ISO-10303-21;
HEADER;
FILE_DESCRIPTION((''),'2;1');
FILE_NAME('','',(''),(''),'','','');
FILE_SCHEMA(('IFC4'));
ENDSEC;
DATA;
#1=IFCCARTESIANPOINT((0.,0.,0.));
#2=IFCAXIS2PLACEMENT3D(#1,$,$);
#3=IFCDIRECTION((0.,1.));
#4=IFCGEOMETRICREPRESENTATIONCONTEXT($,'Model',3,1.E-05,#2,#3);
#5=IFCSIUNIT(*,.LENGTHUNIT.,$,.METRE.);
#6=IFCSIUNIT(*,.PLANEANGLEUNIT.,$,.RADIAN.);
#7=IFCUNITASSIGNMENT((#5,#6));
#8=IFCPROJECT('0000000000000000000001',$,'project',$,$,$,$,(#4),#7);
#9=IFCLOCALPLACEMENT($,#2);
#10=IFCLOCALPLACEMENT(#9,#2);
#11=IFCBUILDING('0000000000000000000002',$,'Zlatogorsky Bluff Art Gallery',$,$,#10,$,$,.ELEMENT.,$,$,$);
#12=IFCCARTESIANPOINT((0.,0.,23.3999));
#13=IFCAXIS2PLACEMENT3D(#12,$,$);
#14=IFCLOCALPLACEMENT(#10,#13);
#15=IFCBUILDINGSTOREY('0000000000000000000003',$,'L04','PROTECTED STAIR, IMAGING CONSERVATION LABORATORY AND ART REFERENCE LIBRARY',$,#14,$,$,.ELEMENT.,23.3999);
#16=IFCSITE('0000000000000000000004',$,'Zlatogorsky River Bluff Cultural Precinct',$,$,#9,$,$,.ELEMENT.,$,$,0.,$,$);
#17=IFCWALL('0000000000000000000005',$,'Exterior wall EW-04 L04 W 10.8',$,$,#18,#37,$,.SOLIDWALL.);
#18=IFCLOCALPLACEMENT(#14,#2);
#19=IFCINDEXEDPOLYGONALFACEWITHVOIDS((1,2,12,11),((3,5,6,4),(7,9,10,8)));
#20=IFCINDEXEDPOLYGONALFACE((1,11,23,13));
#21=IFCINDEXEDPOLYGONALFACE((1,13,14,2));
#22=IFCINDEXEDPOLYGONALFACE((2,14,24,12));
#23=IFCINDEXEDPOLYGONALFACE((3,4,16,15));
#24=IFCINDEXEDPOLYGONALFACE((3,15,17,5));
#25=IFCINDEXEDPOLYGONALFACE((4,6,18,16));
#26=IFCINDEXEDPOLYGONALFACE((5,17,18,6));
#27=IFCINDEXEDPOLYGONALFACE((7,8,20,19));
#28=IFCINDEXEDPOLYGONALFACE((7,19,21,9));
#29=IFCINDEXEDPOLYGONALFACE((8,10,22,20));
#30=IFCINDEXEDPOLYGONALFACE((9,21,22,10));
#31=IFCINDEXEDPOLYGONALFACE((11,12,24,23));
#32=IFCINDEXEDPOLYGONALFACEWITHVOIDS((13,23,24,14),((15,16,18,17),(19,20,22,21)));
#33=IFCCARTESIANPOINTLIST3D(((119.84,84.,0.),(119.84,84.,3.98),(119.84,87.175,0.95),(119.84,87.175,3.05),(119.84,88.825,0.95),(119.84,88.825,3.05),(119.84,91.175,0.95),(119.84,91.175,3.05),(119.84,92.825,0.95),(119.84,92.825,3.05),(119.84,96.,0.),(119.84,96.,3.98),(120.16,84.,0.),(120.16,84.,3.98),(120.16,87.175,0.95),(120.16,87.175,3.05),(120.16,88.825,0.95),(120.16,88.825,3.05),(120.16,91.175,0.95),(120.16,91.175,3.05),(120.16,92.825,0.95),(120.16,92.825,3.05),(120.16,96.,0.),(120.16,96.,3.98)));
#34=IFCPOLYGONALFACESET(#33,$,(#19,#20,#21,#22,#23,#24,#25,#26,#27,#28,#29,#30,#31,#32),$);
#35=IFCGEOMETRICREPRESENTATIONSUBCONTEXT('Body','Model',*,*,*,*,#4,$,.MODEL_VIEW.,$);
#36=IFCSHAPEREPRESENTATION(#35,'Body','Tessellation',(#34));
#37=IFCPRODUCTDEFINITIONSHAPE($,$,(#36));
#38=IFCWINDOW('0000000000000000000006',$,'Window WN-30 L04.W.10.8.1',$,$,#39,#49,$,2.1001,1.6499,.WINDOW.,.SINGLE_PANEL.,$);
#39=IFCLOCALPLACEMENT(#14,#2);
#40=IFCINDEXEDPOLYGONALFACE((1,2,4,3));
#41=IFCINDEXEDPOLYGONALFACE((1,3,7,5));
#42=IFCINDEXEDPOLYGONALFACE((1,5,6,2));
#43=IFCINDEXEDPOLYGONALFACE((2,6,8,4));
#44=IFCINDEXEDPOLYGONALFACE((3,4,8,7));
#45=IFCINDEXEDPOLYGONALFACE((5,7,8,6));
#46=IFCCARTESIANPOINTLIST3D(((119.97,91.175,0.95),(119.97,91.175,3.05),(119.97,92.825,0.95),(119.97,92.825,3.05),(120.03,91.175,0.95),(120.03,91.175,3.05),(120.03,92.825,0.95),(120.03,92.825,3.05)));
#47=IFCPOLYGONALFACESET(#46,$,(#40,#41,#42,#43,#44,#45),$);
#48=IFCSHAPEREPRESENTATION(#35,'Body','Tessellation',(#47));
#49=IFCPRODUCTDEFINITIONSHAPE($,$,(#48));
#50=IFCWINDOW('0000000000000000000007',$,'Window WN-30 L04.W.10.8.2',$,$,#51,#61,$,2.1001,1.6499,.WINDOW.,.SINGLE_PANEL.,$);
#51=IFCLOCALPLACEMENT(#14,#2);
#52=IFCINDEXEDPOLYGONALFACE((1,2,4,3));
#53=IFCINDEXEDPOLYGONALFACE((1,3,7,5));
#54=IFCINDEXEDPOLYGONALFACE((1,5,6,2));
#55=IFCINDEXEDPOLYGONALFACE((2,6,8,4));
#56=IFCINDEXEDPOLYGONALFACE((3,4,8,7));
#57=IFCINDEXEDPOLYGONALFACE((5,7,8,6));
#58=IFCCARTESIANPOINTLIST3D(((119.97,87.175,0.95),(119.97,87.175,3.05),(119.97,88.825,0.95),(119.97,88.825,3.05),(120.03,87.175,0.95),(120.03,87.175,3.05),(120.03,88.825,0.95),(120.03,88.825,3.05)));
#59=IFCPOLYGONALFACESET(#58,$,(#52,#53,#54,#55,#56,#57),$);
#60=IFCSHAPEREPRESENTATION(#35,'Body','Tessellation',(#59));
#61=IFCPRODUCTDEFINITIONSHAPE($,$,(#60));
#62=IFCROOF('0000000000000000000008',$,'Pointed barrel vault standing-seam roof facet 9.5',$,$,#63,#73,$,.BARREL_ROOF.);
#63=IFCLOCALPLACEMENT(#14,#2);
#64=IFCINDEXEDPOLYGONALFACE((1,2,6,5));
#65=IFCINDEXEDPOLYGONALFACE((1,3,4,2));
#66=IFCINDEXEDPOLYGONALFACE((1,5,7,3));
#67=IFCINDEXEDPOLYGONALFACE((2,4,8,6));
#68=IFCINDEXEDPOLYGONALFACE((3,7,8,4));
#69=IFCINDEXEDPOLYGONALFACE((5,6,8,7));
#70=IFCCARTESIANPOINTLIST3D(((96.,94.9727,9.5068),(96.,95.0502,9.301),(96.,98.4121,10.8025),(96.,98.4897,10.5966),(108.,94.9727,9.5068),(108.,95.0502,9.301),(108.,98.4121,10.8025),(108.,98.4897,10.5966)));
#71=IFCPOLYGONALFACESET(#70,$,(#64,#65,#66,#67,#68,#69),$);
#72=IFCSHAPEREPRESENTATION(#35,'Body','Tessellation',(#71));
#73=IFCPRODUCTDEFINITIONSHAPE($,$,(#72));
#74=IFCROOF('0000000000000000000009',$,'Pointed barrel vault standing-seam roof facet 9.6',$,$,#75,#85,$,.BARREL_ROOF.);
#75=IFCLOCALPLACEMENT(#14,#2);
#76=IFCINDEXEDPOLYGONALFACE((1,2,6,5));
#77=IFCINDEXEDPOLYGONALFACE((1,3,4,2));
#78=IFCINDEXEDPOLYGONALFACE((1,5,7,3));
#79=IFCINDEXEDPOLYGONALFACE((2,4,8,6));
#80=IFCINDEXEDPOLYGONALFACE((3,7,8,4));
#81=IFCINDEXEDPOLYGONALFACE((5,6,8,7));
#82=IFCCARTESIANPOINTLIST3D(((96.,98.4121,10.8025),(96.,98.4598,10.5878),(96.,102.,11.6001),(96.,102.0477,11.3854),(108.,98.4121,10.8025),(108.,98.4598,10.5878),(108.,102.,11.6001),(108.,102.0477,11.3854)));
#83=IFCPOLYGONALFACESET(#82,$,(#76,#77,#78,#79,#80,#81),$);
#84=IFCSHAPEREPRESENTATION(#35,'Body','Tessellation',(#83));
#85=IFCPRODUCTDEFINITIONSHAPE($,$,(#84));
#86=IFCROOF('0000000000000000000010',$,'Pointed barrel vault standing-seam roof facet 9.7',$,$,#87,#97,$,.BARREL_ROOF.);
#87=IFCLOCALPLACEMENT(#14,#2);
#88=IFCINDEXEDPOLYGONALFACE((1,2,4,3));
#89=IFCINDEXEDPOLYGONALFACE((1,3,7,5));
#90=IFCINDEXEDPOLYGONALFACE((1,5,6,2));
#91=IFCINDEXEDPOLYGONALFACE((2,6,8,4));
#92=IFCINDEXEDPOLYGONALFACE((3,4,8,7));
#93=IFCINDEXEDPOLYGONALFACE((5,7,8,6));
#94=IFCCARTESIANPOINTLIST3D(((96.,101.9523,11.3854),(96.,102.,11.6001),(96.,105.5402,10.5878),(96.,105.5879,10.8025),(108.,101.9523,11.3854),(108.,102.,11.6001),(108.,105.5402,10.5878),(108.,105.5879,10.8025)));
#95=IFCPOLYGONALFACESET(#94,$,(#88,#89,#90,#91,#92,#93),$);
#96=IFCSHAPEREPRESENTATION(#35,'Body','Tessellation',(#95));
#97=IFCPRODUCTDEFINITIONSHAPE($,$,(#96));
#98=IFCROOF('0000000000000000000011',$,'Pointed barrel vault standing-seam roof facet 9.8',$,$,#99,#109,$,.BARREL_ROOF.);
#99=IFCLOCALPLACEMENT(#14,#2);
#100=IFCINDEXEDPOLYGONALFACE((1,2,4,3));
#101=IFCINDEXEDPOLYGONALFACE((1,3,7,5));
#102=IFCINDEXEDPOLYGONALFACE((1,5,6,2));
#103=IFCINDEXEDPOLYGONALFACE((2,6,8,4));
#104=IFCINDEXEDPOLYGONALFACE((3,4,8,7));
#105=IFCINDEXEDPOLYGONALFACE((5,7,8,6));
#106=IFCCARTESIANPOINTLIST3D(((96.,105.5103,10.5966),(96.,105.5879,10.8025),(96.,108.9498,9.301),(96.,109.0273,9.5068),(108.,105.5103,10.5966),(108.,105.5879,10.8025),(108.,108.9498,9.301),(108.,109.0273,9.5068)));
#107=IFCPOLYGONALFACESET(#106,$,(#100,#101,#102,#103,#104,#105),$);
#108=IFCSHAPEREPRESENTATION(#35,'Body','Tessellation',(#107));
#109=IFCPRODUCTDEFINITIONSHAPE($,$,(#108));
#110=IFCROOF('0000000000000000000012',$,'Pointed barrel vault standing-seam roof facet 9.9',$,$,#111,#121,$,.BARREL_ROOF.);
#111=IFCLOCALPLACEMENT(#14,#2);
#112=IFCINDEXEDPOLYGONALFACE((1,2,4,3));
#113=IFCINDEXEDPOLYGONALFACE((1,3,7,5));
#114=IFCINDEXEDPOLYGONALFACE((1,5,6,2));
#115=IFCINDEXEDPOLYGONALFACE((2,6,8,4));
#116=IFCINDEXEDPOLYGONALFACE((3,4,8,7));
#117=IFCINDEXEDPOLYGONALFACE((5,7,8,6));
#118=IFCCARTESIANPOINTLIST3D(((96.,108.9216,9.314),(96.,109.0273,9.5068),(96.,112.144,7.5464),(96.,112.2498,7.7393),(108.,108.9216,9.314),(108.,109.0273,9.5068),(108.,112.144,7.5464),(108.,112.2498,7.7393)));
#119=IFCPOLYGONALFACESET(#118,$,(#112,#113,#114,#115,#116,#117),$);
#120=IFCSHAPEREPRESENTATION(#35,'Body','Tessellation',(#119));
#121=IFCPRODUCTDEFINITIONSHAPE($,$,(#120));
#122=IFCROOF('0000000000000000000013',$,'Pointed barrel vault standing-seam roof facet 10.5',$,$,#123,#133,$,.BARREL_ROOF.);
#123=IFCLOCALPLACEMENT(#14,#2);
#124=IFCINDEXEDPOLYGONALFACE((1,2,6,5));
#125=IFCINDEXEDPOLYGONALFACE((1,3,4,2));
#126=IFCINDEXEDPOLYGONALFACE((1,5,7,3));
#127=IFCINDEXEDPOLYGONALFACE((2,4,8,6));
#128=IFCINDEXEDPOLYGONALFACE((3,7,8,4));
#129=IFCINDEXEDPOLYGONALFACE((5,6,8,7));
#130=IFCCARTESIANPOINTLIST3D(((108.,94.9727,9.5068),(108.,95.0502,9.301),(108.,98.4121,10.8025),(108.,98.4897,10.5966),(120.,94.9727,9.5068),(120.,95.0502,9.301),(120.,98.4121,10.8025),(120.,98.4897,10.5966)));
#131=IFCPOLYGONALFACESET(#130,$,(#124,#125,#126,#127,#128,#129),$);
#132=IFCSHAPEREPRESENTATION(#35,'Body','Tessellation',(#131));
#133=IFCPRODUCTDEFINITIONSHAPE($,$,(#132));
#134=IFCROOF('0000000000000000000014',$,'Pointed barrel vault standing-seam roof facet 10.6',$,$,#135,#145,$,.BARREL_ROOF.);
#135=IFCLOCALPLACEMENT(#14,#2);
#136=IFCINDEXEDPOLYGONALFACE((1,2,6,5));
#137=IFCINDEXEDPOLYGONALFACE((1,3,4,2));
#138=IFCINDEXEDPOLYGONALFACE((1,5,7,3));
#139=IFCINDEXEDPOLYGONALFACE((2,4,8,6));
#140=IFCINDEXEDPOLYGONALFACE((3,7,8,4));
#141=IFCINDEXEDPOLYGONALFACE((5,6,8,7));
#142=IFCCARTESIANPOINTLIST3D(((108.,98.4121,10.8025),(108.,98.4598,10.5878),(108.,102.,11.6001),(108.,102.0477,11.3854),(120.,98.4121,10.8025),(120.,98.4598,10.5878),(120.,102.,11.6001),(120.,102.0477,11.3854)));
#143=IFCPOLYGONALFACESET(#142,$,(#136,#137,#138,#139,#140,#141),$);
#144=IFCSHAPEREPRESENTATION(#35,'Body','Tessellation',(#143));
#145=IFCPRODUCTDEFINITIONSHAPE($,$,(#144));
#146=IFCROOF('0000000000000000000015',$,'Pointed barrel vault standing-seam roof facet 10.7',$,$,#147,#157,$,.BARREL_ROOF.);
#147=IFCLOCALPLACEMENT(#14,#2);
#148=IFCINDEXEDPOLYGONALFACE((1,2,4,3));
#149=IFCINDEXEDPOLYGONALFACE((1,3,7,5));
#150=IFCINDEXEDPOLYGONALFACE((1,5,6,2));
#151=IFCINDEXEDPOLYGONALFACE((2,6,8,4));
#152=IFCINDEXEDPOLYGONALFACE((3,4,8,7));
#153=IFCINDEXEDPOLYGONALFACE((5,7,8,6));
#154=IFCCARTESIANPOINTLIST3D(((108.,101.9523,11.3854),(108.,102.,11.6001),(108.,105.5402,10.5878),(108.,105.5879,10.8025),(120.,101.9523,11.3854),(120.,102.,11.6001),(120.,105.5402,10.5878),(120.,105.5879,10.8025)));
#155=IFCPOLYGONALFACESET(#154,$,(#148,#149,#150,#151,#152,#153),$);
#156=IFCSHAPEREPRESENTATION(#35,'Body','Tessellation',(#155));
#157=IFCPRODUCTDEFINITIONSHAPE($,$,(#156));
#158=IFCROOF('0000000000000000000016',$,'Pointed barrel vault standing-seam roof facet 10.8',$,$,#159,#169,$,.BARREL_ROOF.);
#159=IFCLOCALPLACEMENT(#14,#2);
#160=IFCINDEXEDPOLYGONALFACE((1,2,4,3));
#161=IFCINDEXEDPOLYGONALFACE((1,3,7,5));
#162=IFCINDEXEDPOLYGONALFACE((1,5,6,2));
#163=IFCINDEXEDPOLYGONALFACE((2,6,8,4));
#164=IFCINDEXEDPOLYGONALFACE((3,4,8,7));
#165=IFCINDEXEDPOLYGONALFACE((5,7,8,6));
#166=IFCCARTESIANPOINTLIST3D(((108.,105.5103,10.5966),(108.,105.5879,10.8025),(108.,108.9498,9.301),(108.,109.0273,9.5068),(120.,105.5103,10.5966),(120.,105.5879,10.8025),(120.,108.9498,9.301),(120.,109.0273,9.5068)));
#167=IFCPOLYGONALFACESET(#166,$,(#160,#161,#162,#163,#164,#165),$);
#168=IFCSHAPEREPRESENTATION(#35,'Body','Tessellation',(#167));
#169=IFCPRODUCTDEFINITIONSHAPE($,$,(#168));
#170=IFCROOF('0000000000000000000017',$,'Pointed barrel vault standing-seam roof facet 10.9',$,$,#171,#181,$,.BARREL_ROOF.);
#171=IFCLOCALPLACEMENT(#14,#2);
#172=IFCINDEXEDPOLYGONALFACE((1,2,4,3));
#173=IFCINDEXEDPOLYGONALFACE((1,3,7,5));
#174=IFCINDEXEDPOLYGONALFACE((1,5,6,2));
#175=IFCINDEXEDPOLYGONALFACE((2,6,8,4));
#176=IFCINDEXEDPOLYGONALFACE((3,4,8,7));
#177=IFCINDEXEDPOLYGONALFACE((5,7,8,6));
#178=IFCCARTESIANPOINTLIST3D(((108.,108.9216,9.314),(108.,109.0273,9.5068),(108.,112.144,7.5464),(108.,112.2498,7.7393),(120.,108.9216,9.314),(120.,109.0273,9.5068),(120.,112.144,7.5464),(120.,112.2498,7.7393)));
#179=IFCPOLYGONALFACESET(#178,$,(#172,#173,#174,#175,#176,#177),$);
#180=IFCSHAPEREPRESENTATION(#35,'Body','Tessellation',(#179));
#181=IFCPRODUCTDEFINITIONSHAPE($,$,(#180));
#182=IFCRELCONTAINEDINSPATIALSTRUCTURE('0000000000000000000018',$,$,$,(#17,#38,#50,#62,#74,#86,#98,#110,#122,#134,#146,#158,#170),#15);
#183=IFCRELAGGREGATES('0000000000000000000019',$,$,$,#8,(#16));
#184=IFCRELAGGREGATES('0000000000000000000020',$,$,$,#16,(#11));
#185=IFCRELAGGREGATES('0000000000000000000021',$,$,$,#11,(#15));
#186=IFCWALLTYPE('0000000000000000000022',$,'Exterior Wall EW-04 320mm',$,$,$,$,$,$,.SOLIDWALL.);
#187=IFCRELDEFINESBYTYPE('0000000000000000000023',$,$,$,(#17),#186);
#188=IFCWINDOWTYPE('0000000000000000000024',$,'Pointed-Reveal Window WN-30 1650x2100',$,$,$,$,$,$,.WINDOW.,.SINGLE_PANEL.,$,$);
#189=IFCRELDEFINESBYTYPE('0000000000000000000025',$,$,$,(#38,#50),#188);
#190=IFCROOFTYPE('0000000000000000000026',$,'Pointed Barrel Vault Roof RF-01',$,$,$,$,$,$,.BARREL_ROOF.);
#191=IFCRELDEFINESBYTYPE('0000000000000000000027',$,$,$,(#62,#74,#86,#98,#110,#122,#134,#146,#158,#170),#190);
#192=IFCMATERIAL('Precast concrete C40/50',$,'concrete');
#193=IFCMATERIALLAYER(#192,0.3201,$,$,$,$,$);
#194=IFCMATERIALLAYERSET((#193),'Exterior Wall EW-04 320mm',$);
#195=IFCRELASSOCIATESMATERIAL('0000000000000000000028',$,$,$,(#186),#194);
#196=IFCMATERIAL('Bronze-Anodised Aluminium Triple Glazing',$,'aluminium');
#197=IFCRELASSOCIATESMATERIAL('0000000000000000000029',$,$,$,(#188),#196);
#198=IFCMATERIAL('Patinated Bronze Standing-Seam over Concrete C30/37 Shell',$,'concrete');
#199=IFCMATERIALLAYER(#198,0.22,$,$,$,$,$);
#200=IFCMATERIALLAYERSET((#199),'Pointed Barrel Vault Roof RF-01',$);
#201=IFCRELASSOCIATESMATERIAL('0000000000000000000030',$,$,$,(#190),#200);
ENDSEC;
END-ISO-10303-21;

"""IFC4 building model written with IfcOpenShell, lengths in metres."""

from ifc_helpers import new_model, si_unit, direction, frame, frame_2d, origin, place, context, subcontext, project, spatial, polyline, rectangle, outline, extrude, material, layer, layer_set, type_object, element, fill, save


model = new_model("IFC4")

# Units and contexts
model_context = context("Model", 3, precision=1e-05, world=origin(), true_north=direction((0.0, 1.0)))
body_context = subcontext(model_context, "Body", "Model", "MODEL_VIEW")
ifc_project = project(units=[si_unit("LENGTHUNIT", "METRE"), si_unit("PLANEANGLEUNIT", "RADIAN")], contexts=[model_context])

# Site, building, storey
site_placement = place(None, origin())
site = spatial("IfcSite", under=ifc_project, at=site_placement, Name="Zlatogorsky River Bluff Cultural Precinct", CompositionType="ELEMENT", RefElevation=0.0)
building_placement = place(site_placement, origin())
building = spatial("IfcBuilding", under=site, at=building_placement, Name="Zlatogorsky Bluff Art Gallery", CompositionType="ELEMENT")
storey_placement = place(building_placement, frame((0.0, 0.0, 23.3999)))
storey = spatial("IfcBuildingStorey", under=building, at=storey_placement, Name="L04", Description="PROTECTED STAIR, IMAGING CONSERVATION LABORATORY AND ART REFERENCE LIBRARY", CompositionType="ELEMENT", Elevation=23.3999)

# Wall, openings, windows
ifc_material_1 = material(Name="Precast concrete C40/50", Category="concrete")
ifc_layer_1 = layer(ifc_material_1, 0.3201)
ifc_layer_set_1 = layer_set([ifc_layer_1], Name="Exterior Wall EW-04 320mm")
wall_type = type_object("IfcWallType", Name="Exterior Wall EW-04 320mm", PredefinedType="SOLIDWALL", material=ifc_layer_set_1)
wall_placement = place(storey_placement, frame((120.0, 96.0, 0.0), z_axis=(0.0, 0.0, 1.0), x_axis=(0.0, -1.0, 0.0)))
wall = element("IfcWall", 1, at=wall_placement, inside=storey, type_object=wall_type, Name="Exterior wall EW-04 L04 W 10.8", PredefinedType="SOLIDWALL", context=body_context, shape_type="SweptSolid", body=[
    extrude(rectangle(XDim=12.0, YDim=0.3201, at=frame_2d((6.0, 0.0))), origin(), (0.0, 0.0, 1.0), 3.98),
])
opening_1_placement = place(wall_placement, frame((3.175, 0.0, 0.95)))
opening_1 = element("IfcOpeningElement", 2, at=opening_1_placement, cuts=wall, PredefinedType="OPENING", context=body_context, shape_type="SweptSolid", body=[
    extrude(rectangle(XDim=1.6499, YDim=2.1001, at=frame_2d((0.825, 1.05))), frame((0.0, 0.1699, 0.0), z_axis=(0.0, -1.0, 0.0), x_axis=(1.0, 0.0, 0.0)), (0.0, 0.0, 1.0), 0.3401),
])
opening_2_placement = place(wall_placement, frame((7.175, 0.0, 0.95)))
opening_2 = element("IfcOpeningElement", 3, at=opening_2_placement, cuts=wall, PredefinedType="OPENING", context=body_context, shape_type="SweptSolid", body=[
    extrude(rectangle(XDim=1.6499, YDim=2.1001, at=frame_2d((0.825, 1.05))), frame((0.0, 0.1699, 0.0), z_axis=(0.0, -1.0, 0.0), x_axis=(1.0, 0.0, 0.0)), (0.0, 0.0, 1.0), 0.3401),
])
ifc_material_2 = material(Name="Bronze-Anodised Aluminium Triple Glazing", Category="aluminium")
window_type = type_object("IfcWindowType", Name="Pointed-Reveal Window WN-30 1650x2100", PartitioningType="SINGLE_PANEL", PredefinedType="WINDOW", material=ifc_material_2)
window_1_placement = place(opening_1_placement, origin())
window_1 = element("IfcWindow", 4, at=window_1_placement, inside=storey, type_object=window_type, Name="Window WN-30 L04.W.10.8.1", OverallHeight=2.1001, OverallWidth=1.6499, PartitioningType="SINGLE_PANEL", PredefinedType="WINDOW", context=body_context, shape_type="SweptSolid", body=[
    extrude(rectangle(XDim=1.6499, YDim=2.1001, at=frame_2d((0.825, 1.05))), frame((0.0, 0.03, 0.0), z_axis=(0.0, -1.0, 0.0), x_axis=(1.0, 0.0, 0.0)), (0.0, 0.0, 1.0), 0.0601),
])
fill(opening_1, window_1)
window_2_placement = place(opening_2_placement, origin())
window_2 = element("IfcWindow", 5, at=window_2_placement, inside=storey, type_object=window_type, Name="Window WN-30 L04.W.10.8.2", OverallHeight=2.1001, OverallWidth=1.6499, PartitioningType="SINGLE_PANEL", PredefinedType="WINDOW", context=body_context, shape_type="SweptSolid", body=[
    extrude(rectangle(XDim=1.6499, YDim=2.1001, at=frame_2d((0.825, 1.05))), frame((0.0, 0.03, 0.0), z_axis=(0.0, -1.0, 0.0), x_axis=(1.0, 0.0, 0.0)), (0.0, 0.0, 1.0), 0.0601),
])
fill(opening_2, window_2)

# Roofs
ifc_material_3 = material(Name="Patinated Bronze Standing-Seam over Concrete C30/37 Shell", Category="concrete")
ifc_layer_2 = layer(ifc_material_3, 0.22)
ifc_layer_set_2 = layer_set([ifc_layer_2], Name="Pointed Barrel Vault Roof RF-01")
roof_type = type_object("IfcRoofType", Name="Pointed Barrel Vault Roof RF-01", PredefinedType="BARREL_ROOF", material=ifc_layer_set_2)
roof_1_placement = place(storey_placement, frame((96.0, 94.9727, 9.5068), z_axis=(0.0, -0.352521, 0.935804), x_axis=(1.0, 0.0, 0.0)))
element("IfcRoof", 6, at=roof_1_placement, inside=storey, type_object=roof_type, Name="Pointed barrel vault standing-seam roof facet 9.5", PredefinedType="BARREL_ROOF", context=body_context, shape_type="SweptSolid", body=[
    extrude(outline(polyline([(0.0, 0.0), (12.0, 0.0), (12.0, 3.6754), (0.0, 3.6754), (0.0, 0.0)])), origin(), (0.0, 0.0, -1.0), 0.22),
])
for number, where, z_axis, x_axis, name in (
    (7, (96.0, 98.4121, 10.8025), (0.0, -0.217008, 0.97617), (1.0, 0.0, 0.0), "Pointed barrel vault standing-seam roof facet 9.6"),
    (8, (96.0, 102.0, 11.6001), (0.0, 0.217008, 0.97617), (1.0, 0.0, 0.0), "Pointed barrel vault standing-seam roof facet 9.7"),
):
    element("IfcRoof", number, at=place(storey_placement, frame(where, z_axis=z_axis, x_axis=x_axis)), inside=storey, type_object=roof_type, Name=name, PredefinedType="BARREL_ROOF", context=body_context, shape_type="SweptSolid", body=[
        extrude(outline(polyline([(0.0, 0.0), (12.0, 0.0), (12.0, 3.6755), (0.0, 3.6755), (0.0, 0.0)])), origin(), (0.0, 0.0, -1.0), 0.22),
    ])
roof_2_placement = place(storey_placement, frame((96.0, 105.5879, 10.8025), z_axis=(0.0, 0.352521, 0.935804), x_axis=(1.0, 0.0, 0.0)))
element("IfcRoof", 9, at=roof_2_placement, inside=storey, type_object=roof_type, Name="Pointed barrel vault standing-seam roof facet 9.8", PredefinedType="BARREL_ROOF", context=body_context, shape_type="SweptSolid", body=[
    extrude(outline(polyline([(0.0, 0.0), (12.0, 0.0), (12.0, 3.6754), (0.0, 3.6754), (0.0, 0.0)])), origin(), (0.0, 0.0, -1.0), 0.22),
])
roof_3_placement = place(storey_placement, frame((96.0, 109.0273, 9.5068), z_axis=(0.0, 0.480927, 0.876761), x_axis=(1.0, 0.0, 0.0)))
element("IfcRoof", 10, at=roof_3_placement, inside=storey, type_object=roof_type, Name="Pointed barrel vault standing-seam roof facet 9.9", PredefinedType="BARREL_ROOF", context=body_context, shape_type="SweptSolid", body=[
    extrude(outline(polyline([(0.0, 0.0), (12.0, 0.0), (12.0, 3.6754), (0.0, 3.6754), (0.0, 0.0)])), origin(), (0.0, 0.0, -1.0), 0.22),
])
roof_4_placement = place(storey_placement, frame((108.0, 94.9727, 9.5068), z_axis=(0.0, -0.352521, 0.935804), x_axis=(1.0, 0.0, 0.0)))
element("IfcRoof", 11, at=roof_4_placement, inside=storey, type_object=roof_type, Name="Pointed barrel vault standing-seam roof facet 10.5", PredefinedType="BARREL_ROOF", context=body_context, shape_type="SweptSolid", body=[
    extrude(outline(polyline([(0.0, 0.0), (12.0, 0.0), (12.0, 3.6754), (0.0, 3.6754), (0.0, 0.0)])), origin(), (0.0, 0.0, -1.0), 0.22),
])
for number, where, z_axis, x_axis, name in (
    (12, (108.0, 98.4121, 10.8025), (0.0, -0.217008, 0.97617), (1.0, 0.0, 0.0), "Pointed barrel vault standing-seam roof facet 10.6"),
    (13, (108.0, 102.0, 11.6001), (0.0, 0.217008, 0.97617), (1.0, 0.0, 0.0), "Pointed barrel vault standing-seam roof facet 10.7"),
):
    element("IfcRoof", number, at=place(storey_placement, frame(where, z_axis=z_axis, x_axis=x_axis)), inside=storey, type_object=roof_type, Name=name, PredefinedType="BARREL_ROOF", context=body_context, shape_type="SweptSolid", body=[
        extrude(outline(polyline([(0.0, 0.0), (12.0, 0.0), (12.0, 3.6755), (0.0, 3.6755), (0.0, 0.0)])), origin(), (0.0, 0.0, -1.0), 0.22),
    ])
roof_5_placement = place(storey_placement, frame((108.0, 105.5879, 10.8025), z_axis=(0.0, 0.352521, 0.935804), x_axis=(1.0, 0.0, 0.0)))
element("IfcRoof", 14, at=roof_5_placement, inside=storey, type_object=roof_type, Name="Pointed barrel vault standing-seam roof facet 10.8", PredefinedType="BARREL_ROOF", context=body_context, shape_type="SweptSolid", body=[
    extrude(outline(polyline([(0.0, 0.0), (12.0, 0.0), (12.0, 3.6754), (0.0, 3.6754), (0.0, 0.0)])), origin(), (0.0, 0.0, -1.0), 0.22),
])
roof_6_placement = place(storey_placement, frame((108.0, 109.0273, 9.5068), z_axis=(0.0, 0.480927, 0.876761), x_axis=(1.0, 0.0, 0.0)))
element("IfcRoof", 15, at=roof_6_placement, inside=storey, type_object=roof_type, Name="Pointed barrel vault standing-seam roof facet 10.9", PredefinedType="BARREL_ROOF", context=body_context, shape_type="SweptSolid", body=[
    extrude(outline(polyline([(0.0, 0.0), (12.0, 0.0), (12.0, 3.6754), (0.0, 3.6754), (0.0, 0.0)])), origin(), (0.0, 0.0, -1.0), 0.22),
])

save(model, "model.ifc")
